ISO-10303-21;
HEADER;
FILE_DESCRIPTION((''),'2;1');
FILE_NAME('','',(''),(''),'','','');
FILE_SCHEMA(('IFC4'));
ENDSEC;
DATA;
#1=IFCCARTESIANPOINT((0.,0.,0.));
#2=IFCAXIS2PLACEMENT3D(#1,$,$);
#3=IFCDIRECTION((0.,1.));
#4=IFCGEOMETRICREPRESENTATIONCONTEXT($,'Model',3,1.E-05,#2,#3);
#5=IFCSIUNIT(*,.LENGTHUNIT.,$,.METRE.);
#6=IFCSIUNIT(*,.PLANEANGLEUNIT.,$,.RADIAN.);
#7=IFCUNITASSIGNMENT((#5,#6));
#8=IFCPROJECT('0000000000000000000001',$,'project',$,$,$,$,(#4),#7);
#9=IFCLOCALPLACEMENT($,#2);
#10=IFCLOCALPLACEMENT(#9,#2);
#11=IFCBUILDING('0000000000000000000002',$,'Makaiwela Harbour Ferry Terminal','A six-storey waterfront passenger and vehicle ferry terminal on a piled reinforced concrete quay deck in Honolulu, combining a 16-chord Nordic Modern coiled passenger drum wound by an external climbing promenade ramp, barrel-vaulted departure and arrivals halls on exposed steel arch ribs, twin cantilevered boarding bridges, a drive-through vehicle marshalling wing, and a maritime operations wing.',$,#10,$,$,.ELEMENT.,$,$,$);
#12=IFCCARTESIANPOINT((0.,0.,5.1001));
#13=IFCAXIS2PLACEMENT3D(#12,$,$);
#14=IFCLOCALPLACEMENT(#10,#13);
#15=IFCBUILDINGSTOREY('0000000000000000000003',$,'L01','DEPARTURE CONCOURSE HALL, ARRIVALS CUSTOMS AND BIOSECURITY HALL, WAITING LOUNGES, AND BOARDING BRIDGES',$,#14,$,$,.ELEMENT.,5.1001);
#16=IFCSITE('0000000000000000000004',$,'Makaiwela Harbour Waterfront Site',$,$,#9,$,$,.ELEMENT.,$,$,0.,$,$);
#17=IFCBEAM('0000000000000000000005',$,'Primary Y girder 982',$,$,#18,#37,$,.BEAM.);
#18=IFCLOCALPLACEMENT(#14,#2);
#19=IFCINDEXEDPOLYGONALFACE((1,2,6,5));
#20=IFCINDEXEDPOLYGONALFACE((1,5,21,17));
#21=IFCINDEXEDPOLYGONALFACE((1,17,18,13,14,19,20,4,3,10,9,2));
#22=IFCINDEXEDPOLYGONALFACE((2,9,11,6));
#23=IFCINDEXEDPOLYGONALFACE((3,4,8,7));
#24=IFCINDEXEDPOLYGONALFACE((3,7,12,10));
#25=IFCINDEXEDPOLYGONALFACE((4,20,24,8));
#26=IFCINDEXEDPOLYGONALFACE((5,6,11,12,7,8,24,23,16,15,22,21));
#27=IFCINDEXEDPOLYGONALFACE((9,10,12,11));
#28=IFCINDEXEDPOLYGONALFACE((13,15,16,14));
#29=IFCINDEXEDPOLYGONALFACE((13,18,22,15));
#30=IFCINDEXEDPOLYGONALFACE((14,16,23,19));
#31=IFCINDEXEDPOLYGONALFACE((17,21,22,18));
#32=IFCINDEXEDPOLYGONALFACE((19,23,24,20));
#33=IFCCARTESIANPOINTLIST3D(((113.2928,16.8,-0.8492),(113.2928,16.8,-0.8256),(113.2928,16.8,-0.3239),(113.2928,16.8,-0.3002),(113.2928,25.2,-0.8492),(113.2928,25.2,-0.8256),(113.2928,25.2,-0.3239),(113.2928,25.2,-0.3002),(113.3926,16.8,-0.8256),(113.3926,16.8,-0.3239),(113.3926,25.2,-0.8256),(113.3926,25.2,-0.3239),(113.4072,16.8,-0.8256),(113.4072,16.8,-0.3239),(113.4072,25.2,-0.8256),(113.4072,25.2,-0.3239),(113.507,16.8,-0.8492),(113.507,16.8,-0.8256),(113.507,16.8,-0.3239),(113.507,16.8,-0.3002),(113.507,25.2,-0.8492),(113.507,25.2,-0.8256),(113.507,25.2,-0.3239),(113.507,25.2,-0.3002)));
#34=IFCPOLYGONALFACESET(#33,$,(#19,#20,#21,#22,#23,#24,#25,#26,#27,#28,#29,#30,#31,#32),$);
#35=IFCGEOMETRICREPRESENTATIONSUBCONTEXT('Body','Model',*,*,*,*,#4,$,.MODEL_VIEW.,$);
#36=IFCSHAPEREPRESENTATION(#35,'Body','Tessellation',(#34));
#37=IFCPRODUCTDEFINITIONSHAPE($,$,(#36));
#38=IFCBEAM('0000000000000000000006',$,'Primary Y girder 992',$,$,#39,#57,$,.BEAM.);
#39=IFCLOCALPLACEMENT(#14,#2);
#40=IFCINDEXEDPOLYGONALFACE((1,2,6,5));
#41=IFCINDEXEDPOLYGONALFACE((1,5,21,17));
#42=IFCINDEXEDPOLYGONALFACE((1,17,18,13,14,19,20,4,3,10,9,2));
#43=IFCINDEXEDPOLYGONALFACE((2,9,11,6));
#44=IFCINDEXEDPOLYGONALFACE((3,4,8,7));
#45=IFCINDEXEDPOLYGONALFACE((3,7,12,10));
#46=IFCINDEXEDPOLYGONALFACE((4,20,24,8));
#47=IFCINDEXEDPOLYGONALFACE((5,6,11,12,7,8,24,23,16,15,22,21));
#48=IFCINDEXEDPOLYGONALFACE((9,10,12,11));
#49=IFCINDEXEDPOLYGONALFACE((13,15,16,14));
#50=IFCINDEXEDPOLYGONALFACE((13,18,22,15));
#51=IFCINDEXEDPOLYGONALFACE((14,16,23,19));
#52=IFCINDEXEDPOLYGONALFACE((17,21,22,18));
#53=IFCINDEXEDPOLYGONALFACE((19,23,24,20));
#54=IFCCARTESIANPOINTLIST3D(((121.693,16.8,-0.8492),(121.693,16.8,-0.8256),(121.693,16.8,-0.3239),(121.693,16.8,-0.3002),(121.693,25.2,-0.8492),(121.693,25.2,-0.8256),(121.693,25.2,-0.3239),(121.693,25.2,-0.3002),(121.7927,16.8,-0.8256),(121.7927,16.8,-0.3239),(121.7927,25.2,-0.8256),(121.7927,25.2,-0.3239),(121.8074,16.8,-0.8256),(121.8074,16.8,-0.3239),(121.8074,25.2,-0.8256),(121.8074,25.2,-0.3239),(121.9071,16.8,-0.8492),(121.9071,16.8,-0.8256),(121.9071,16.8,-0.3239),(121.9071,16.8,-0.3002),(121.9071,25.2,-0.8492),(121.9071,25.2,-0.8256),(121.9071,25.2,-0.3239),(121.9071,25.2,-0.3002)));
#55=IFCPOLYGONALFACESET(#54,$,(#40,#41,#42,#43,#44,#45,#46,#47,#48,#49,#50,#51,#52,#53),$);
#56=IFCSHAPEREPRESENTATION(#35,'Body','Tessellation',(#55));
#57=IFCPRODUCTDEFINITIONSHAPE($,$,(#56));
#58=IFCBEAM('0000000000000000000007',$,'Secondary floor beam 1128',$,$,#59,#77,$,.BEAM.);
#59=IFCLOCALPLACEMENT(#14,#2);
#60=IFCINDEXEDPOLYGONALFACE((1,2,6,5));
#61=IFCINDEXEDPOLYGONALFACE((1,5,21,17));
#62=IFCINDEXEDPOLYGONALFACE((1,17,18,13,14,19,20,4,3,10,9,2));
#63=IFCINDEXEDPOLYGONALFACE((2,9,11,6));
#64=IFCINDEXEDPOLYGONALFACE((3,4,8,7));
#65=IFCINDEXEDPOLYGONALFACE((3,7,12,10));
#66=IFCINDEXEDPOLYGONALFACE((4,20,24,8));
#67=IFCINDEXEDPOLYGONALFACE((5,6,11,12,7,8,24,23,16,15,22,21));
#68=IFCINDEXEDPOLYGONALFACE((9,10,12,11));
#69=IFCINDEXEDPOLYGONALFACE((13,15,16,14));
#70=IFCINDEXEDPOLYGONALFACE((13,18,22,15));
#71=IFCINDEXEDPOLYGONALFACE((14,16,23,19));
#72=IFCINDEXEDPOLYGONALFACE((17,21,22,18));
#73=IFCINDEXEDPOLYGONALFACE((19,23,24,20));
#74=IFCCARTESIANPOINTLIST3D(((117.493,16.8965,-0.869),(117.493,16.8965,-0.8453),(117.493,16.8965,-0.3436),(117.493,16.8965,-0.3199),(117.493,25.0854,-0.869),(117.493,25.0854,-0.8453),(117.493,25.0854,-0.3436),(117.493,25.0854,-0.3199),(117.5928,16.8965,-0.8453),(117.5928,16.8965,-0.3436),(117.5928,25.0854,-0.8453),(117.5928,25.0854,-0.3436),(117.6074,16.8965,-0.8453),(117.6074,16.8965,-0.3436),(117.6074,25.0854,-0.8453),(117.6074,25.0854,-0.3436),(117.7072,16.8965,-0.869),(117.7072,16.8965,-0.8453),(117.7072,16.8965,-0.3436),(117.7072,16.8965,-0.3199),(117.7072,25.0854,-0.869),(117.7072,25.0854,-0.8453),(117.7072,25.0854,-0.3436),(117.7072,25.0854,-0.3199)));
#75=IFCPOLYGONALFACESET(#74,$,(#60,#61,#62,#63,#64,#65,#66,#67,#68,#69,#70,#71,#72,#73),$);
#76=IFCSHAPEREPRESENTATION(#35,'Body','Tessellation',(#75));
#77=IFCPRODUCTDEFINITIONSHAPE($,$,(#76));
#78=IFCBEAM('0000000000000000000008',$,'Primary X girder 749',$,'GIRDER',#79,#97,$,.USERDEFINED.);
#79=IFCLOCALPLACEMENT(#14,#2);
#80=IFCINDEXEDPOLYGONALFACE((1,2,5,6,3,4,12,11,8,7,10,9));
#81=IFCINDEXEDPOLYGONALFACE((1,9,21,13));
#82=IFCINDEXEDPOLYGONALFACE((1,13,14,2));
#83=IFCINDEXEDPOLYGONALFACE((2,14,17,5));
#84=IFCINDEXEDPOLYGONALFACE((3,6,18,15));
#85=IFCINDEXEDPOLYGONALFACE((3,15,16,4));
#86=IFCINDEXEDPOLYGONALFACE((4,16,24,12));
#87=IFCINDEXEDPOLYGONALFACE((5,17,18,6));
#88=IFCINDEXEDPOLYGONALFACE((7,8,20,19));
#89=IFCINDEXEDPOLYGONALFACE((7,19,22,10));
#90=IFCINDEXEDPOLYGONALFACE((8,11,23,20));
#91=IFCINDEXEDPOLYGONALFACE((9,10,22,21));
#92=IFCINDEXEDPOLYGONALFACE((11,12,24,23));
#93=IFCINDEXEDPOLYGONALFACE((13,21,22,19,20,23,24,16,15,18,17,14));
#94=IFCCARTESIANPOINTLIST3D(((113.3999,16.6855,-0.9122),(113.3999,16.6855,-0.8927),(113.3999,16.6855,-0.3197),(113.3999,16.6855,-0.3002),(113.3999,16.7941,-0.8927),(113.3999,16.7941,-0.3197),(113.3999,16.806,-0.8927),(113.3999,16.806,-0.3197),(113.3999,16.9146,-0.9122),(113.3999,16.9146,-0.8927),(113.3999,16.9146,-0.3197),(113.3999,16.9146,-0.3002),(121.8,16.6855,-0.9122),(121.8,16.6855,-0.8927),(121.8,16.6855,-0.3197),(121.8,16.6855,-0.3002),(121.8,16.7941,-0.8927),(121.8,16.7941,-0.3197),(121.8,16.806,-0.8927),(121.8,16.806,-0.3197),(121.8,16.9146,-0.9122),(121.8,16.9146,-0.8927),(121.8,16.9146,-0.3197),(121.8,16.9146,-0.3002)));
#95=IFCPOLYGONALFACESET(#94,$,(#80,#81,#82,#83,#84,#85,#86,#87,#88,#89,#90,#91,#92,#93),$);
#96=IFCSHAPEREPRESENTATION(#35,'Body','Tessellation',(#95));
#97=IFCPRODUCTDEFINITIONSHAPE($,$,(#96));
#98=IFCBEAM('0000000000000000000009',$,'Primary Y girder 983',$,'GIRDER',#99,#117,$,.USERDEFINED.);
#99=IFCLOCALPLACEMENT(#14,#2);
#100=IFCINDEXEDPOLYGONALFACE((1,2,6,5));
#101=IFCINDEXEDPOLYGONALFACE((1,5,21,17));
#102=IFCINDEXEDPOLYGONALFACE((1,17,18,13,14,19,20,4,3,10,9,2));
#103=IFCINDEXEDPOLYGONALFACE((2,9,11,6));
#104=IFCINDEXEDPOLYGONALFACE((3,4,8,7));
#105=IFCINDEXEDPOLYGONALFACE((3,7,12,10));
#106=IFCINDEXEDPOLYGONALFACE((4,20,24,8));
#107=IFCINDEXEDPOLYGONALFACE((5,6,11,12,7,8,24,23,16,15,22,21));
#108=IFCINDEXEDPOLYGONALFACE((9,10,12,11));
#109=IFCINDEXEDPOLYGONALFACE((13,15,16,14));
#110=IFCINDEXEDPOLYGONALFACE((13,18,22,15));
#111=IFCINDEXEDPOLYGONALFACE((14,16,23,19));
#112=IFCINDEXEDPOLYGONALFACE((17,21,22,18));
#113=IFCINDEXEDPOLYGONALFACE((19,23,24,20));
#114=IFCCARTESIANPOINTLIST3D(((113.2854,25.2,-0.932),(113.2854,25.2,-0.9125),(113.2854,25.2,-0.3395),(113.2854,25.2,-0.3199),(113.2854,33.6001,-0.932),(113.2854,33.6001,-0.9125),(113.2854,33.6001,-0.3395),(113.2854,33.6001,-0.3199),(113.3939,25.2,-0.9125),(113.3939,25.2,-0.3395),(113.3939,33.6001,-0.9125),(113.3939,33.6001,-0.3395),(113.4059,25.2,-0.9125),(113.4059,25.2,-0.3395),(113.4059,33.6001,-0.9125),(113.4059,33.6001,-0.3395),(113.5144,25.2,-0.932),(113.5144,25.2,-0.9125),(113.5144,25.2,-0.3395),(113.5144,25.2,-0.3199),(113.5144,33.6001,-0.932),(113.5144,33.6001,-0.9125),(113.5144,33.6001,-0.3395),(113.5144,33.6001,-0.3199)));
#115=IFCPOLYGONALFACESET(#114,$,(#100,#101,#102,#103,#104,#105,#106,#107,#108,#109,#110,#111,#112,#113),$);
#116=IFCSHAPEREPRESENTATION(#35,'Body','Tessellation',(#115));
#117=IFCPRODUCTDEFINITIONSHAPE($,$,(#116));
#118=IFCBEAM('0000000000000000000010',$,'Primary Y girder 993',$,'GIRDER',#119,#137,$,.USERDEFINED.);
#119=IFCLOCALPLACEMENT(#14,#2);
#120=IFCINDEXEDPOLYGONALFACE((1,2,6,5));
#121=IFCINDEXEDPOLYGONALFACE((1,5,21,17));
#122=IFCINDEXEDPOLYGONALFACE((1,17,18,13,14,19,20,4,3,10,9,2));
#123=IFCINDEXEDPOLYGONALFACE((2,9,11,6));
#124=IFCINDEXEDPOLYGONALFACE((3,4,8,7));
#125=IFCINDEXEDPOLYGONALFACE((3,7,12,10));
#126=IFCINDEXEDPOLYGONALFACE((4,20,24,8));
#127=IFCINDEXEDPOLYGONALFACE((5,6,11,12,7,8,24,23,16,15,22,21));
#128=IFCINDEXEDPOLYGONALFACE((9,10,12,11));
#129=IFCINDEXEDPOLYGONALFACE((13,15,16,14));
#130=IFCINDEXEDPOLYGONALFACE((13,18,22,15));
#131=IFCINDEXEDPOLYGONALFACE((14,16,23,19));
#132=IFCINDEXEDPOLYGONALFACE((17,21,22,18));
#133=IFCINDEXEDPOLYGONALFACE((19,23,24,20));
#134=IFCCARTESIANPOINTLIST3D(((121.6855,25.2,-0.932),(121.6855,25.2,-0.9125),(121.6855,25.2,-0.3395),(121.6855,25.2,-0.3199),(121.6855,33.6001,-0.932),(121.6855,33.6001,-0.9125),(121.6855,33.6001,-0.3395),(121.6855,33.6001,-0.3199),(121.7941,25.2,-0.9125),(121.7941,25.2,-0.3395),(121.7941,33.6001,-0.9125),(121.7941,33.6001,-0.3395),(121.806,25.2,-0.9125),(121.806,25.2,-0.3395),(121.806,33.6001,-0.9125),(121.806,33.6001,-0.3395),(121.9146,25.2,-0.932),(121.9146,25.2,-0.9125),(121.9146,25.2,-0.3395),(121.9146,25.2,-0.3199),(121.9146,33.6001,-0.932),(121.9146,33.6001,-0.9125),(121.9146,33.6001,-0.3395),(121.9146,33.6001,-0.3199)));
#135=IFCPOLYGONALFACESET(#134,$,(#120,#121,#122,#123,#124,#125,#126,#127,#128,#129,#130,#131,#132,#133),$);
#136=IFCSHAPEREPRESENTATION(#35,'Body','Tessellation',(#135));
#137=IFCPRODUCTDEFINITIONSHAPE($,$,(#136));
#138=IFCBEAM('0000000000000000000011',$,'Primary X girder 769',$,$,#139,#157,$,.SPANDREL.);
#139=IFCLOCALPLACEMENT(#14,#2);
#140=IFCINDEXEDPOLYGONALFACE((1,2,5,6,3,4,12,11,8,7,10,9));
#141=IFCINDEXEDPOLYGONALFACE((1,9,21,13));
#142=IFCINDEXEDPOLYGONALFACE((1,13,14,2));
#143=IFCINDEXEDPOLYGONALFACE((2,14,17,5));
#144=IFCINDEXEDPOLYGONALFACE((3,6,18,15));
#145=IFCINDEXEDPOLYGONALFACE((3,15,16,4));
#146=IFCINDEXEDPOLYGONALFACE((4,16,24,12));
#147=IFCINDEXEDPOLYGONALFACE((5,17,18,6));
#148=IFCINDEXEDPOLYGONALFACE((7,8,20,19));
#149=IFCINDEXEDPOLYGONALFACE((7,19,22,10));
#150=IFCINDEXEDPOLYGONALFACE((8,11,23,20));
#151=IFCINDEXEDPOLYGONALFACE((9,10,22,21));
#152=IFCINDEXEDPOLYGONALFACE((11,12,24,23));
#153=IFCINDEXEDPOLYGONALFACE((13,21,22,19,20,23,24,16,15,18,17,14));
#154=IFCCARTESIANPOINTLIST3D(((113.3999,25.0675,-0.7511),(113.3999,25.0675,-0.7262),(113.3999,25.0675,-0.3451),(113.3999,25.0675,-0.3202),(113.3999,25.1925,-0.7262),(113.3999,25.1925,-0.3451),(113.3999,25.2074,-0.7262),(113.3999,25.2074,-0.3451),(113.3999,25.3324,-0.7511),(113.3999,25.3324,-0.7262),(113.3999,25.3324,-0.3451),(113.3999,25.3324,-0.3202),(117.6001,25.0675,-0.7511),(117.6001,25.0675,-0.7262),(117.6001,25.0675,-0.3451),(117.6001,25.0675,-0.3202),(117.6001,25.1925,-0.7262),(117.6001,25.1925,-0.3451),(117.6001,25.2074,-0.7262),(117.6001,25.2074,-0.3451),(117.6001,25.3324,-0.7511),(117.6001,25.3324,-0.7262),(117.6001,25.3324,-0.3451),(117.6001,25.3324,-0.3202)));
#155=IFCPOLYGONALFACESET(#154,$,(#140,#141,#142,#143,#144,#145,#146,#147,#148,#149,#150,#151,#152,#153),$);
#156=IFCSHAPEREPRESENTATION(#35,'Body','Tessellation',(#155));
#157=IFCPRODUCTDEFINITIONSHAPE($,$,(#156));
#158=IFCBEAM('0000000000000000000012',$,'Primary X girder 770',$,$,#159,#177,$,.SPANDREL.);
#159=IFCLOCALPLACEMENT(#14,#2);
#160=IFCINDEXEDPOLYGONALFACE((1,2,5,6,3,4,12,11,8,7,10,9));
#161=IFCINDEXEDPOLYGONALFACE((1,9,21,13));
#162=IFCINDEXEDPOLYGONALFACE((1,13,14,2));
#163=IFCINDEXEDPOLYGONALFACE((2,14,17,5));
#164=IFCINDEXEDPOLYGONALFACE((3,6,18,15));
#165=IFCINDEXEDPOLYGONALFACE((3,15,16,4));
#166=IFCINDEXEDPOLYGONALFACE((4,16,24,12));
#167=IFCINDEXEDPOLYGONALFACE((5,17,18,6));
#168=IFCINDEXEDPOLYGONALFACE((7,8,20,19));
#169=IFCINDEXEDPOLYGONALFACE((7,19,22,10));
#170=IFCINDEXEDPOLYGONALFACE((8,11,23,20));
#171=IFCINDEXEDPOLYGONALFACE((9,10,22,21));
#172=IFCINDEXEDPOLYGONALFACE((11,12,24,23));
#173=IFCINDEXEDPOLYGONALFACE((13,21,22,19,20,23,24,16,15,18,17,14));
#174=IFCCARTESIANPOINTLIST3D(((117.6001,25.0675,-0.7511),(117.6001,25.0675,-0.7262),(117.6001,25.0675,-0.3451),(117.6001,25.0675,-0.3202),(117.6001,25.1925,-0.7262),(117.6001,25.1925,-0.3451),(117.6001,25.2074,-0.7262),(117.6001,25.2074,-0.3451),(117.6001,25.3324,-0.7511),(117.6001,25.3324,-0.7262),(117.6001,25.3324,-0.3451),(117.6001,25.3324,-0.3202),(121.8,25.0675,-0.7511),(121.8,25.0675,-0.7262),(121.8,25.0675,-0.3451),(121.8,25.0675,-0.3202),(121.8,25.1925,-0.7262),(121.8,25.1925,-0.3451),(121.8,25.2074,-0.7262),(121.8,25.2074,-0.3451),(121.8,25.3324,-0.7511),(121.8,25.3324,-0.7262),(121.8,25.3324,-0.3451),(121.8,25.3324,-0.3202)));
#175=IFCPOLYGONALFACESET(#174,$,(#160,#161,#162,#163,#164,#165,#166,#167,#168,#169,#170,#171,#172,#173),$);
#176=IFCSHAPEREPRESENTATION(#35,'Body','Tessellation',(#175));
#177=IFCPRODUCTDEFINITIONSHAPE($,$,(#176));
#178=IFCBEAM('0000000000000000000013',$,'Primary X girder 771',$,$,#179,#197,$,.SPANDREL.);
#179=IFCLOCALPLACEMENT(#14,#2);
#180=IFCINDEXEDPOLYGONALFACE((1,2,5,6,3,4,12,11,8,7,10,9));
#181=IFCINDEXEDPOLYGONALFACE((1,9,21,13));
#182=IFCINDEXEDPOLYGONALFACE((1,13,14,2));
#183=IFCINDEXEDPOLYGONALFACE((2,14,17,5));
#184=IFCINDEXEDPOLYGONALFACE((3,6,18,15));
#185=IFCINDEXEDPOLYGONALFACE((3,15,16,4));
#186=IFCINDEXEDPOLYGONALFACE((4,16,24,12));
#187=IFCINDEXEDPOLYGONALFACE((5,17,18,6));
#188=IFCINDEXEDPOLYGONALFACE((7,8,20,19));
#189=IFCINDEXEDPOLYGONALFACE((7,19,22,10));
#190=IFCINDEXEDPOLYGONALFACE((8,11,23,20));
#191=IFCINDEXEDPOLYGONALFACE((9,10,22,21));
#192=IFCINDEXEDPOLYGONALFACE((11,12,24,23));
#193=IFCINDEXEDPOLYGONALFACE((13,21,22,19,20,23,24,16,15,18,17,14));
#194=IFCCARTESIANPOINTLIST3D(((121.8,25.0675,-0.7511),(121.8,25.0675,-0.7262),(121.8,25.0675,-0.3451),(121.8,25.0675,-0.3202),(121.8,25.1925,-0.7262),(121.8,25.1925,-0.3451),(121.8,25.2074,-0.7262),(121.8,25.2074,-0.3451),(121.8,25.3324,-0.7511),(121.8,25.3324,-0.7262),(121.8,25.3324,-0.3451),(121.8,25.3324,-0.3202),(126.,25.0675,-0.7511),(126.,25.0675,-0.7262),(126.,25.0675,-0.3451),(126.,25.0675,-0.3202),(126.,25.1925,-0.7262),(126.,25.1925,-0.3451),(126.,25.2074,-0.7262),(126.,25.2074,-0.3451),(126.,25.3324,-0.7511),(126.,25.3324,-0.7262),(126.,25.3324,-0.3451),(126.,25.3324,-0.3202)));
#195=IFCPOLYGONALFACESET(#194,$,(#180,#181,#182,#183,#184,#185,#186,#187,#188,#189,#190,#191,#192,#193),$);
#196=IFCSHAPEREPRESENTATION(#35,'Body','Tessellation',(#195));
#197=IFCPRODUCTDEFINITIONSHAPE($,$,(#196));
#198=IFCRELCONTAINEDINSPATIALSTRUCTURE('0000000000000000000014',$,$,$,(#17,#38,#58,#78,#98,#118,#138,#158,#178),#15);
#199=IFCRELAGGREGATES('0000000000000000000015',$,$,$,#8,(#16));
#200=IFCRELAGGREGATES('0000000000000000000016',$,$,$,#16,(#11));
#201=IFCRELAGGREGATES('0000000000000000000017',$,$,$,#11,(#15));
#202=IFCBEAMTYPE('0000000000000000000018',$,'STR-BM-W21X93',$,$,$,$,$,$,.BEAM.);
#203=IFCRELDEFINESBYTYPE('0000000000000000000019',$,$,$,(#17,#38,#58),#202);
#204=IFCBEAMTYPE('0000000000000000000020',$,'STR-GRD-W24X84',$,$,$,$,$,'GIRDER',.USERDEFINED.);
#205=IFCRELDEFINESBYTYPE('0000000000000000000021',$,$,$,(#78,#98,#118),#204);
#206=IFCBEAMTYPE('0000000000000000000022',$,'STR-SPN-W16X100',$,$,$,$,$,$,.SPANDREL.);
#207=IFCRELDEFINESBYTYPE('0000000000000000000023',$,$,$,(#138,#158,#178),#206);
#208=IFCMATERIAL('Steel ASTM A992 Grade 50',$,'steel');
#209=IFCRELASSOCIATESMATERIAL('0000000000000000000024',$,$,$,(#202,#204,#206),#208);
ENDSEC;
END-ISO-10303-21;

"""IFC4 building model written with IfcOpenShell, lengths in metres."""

from ifc_helpers import new_model, si_unit, direction, frame, origin, origin_2d, place, context, subcontext, project, spatial, i_section, extrude, material, material_profile, profile_set, type_object, element, save


model = new_model("IFC4")

# Units and contexts
model_context = context("Model", 3, precision=1e-05, world=origin(), true_north=direction((0.0, 1.0)))
body_context = subcontext(model_context, "Body", "Model", "MODEL_VIEW")
ifc_project = project(units=[si_unit("LENGTHUNIT", "METRE"), si_unit("PLANEANGLEUNIT", "RADIAN")], contexts=[model_context])

# Site, building, storey
site_placement = place(None, origin())
site = spatial("IfcSite", under=ifc_project, at=site_placement, Name="Makaiwela Harbour Waterfront Site", CompositionType="ELEMENT", RefElevation=0.0)
building_placement = place(site_placement, origin())
building = spatial("IfcBuilding", under=site, at=building_placement, Name="Makaiwela Harbour Ferry Terminal", Description="A six-storey waterfront passenger and vehicle ferry terminal on a piled reinforced concrete quay deck in Honolulu, combining a 16-chord Nordic Modern coiled passenger drum wound by an external climbing promenade ramp, barrel-vaulted departure and arrivals halls on exposed steel arch ribs, twin cantilevered boarding bridges, a drive-through vehicle marshalling wing, and a maritime operations wing.", CompositionType="ELEMENT")
storey_placement = place(building_placement, frame((0.0, 0.0, 5.1001)))
storey = spatial("IfcBuildingStorey", under=building, at=storey_placement, Name="L01", Description="DEPARTURE CONCOURSE HALL, ARRIVALS CUSTOMS AND BIOSECURITY HALL, WAITING LOUNGES, AND BOARDING BRIDGES", CompositionType="ELEMENT", Elevation=5.1001)

# Shared definitions
ifc_material_1 = material(Name="Steel ASTM A992 Grade 50", Category="steel")

# Beams
ifc_material_profile_1 = material_profile(ifc_material_1, i_section(OverallWidth=0.2141, OverallDepth=0.5491, WebThickness=0.0146, FlangeThickness=0.0237, at=origin_2d()), Name="W21X93")
ifc_profile_set_1 = profile_set([ifc_material_profile_1], Name="Steel ASTM A992 Grade 50")
beam_type_1 = type_object("IfcBeamType", Name="STR-BM-W21X93", PredefinedType="BEAM", material=ifc_profile_set_1)
for number, where, z_axis, x_axis, name in (
    (1, (113.3999, 16.8, -0.5747), (0.0, 1.0, 0.0), (-1.0, 0.0, 0.0), "Primary Y girder 982"),
    (2, (121.8, 16.8, -0.5747), (0.0, 1.0, 0.0), (-1.0, 0.0, 0.0), "Primary Y girder 992"),
):
    element("IfcBeam", number, at=place(storey_placement, frame(where, z_axis=z_axis, x_axis=x_axis)), inside=storey, type_object=beam_type_1, Name=name, PredefinedType="BEAM", context=body_context, shape_type="SweptSolid", body=[
        extrude(i_section(OverallWidth=0.2141, OverallDepth=0.5491, WebThickness=0.0146, FlangeThickness=0.0237, at=origin_2d()), origin(), (0.0, 0.0, 1.0), 8.3999),
    ])
beam_1_placement = place(storey_placement, frame((117.6001, 16.8965, -0.5945), z_axis=(0.0, 1.0, 0.0), x_axis=(-1.0, 0.0, 0.0)))
element("IfcBeam", 3, at=beam_1_placement, inside=storey, type_object=beam_type_1, Name="Secondary floor beam 1128", PredefinedType="BEAM", context=body_context, shape_type="SweptSolid", body=[
    extrude(i_section(OverallWidth=0.2141, OverallDepth=0.5491, WebThickness=0.0146, FlangeThickness=0.0237, at=origin_2d()), origin(), (0.0, 0.0, 1.0), 8.189),
])
ifc_material_profile_2 = material_profile(ifc_material_1, i_section(OverallWidth=0.229, OverallDepth=0.6121, WebThickness=0.012, FlangeThickness=0.0195, at=origin_2d()), Name="W24X84")
ifc_profile_set_2 = profile_set([ifc_material_profile_2], Name="Steel ASTM A992 Grade 50")
beam_type_2 = type_object("IfcBeamType", Name="STR-GRD-W24X84", ElementType="GIRDER", PredefinedType="USERDEFINED", material=ifc_profile_set_2)
for number, where, z_axis, x_axis, name in (
    (4, (113.3999, 16.8, -0.6062), (1.0, 0.0, 0.0), (0.0, 1.0, 0.0), "Primary X girder 749"),
    (5, (113.3999, 25.2, -0.626), (0.0, 1.0, 0.0), (-1.0, 0.0, 0.0), "Primary Y girder 983"),
    (6, (121.8, 25.2, -0.626), (0.0, 1.0, 0.0), (-1.0, 0.0, 0.0), "Primary Y girder 993"),
):
    element("IfcBeam", number, at=place(storey_placement, frame(where, z_axis=z_axis, x_axis=x_axis)), inside=storey, type_object=beam_type_2, Name=name, ObjectType="GIRDER", PredefinedType="USERDEFINED", context=body_context, shape_type="SweptSolid", body=[
        extrude(i_section(OverallWidth=0.229, OverallDepth=0.6121, WebThickness=0.012, FlangeThickness=0.0195, at=origin_2d()), origin(), (0.0, 0.0, 1.0), 8.4001),
    ])
ifc_material_profile_3 = material_profile(ifc_material_1, i_section(OverallWidth=0.2649, OverallDepth=0.4309, WebThickness=0.0149, FlangeThickness=0.0249, at=origin_2d()), Name="W16X100")
ifc_profile_set_3 = profile_set([ifc_material_profile_3], Name="Steel ASTM A992 Grade 50")
beam_type_3 = type_object("IfcBeamType", Name="STR-SPN-W16X100", PredefinedType="SPANDREL", material=ifc_profile_set_3)
beam_2_placement = place(storey_placement, frame((113.3999, 25.2, -0.5356), z_axis=(1.0, 0.0, 0.0), x_axis=(0.0, 1.0, 0.0)))
element("IfcBeam", 7, at=beam_2_placement, inside=storey, type_object=beam_type_3, Name="Primary X girder 769", PredefinedType="SPANDREL", context=body_context, shape_type="SweptSolid", body=[
    extrude(i_section(OverallWidth=0.2649, OverallDepth=0.4309, WebThickness=0.0149, FlangeThickness=0.0249, at=origin_2d()), origin(), (0.0, 0.0, 1.0), 4.2002),
])
for number, where, z_axis, x_axis, name in (
    (8, (117.6001, 25.2, -0.5356), (1.0, 0.0, 0.0), (0.0, 1.0, 0.0), "Primary X girder 770"),
    (9, (121.8, 25.2, -0.5356), (1.0, 0.0, 0.0), (0.0, 1.0, 0.0), "Primary X girder 771"),
):
    element("IfcBeam", number, at=place(storey_placement, frame(where, z_axis=z_axis, x_axis=x_axis)), inside=storey, type_object=beam_type_3, Name=name, PredefinedType="SPANDREL", context=body_context, shape_type="SweptSolid", body=[
        extrude(i_section(OverallWidth=0.2649, OverallDepth=0.4309, WebThickness=0.0149, FlangeThickness=0.0249, at=origin_2d()), origin(), (0.0, 0.0, 1.0), 4.2),
    ])

save(model, "model.ifc")
